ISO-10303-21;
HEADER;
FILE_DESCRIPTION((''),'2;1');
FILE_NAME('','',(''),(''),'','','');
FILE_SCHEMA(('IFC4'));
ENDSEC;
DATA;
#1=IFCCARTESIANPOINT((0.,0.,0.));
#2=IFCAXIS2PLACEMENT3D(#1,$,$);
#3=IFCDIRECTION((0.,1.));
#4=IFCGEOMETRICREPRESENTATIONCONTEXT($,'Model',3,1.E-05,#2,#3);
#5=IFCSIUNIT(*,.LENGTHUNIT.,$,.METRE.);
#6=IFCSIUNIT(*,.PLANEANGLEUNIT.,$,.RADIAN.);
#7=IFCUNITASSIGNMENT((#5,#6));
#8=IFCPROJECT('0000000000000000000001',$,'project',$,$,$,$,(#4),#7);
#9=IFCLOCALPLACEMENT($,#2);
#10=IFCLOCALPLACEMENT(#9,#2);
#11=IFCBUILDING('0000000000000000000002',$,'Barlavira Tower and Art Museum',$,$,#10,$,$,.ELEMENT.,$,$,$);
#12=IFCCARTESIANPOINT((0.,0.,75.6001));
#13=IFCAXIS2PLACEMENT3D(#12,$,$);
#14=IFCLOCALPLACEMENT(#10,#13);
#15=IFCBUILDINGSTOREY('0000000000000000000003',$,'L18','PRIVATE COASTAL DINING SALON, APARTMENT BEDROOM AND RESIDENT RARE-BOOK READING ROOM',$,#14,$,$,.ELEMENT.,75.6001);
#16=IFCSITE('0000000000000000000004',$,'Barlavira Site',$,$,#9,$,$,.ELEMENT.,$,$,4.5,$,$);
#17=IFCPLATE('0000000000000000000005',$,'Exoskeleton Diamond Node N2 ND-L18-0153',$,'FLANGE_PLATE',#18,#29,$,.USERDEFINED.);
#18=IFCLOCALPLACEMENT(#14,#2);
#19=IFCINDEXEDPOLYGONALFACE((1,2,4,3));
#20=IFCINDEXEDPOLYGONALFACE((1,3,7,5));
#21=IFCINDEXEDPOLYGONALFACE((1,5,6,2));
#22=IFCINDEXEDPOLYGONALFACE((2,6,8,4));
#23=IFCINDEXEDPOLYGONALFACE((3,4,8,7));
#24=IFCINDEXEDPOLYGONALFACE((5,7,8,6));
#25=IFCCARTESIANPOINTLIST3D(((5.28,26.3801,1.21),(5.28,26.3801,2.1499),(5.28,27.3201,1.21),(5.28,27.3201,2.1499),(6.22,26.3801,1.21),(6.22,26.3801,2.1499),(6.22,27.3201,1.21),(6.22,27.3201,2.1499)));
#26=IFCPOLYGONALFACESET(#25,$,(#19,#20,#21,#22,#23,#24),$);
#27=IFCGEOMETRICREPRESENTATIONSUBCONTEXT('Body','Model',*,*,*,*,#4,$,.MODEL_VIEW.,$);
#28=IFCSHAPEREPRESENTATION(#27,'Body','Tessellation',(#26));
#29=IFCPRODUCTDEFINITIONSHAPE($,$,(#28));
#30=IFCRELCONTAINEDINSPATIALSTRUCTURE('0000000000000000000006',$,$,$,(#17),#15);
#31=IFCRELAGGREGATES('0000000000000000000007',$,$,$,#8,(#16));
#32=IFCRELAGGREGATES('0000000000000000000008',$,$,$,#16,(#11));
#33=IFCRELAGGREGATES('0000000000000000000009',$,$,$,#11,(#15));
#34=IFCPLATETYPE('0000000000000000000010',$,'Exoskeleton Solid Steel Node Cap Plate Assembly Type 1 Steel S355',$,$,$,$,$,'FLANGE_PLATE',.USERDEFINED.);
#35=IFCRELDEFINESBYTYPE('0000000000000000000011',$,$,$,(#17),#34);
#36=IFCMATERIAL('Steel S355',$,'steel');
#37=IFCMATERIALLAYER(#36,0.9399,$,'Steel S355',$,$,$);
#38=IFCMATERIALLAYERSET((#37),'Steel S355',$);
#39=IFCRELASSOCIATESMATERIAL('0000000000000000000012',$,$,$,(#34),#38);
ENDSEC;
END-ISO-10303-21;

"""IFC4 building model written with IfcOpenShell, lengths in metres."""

from ifc_helpers import new_model, si_unit, direction, frame, origin, origin_2d, place, context, subcontext, project, spatial, rectangle, extrude, material, layer, layer_set, type_object, element, save


model = new_model("IFC4")

# Units and contexts
model_context = context("Model", 3, precision=1e-05, world=origin(), true_north=direction((0.0, 1.0)))
body_context = subcontext(model_context, "Body", "Model", "MODEL_VIEW")
ifc_project = project(units=[si_unit("LENGTHUNIT", "METRE"), si_unit("PLANEANGLEUNIT", "RADIAN")], contexts=[model_context])

# Site, building, storey
site_placement = place(None, origin())
site = spatial("IfcSite", under=ifc_project, at=site_placement, Name="Barlavira Site", CompositionType="ELEMENT", RefElevation=4.5)
building_placement = place(site_placement, origin())
building = spatial("IfcBuilding", under=site, at=building_placement, Name="Barlavira Tower and Art Museum", CompositionType="ELEMENT")
storey_placement = place(building_placement, frame((0.0, 0.0, 75.6001)))
storey = spatial("IfcBuildingStorey", under=building, at=storey_placement, Name="L18", Description="PRIVATE COASTAL DINING SALON, APARTMENT BEDROOM AND RESIDENT RARE-BOOK READING ROOM", CompositionType="ELEMENT", Elevation=75.6001)

# Shared definitions
ifc_material_1 = material(Name="Steel S355", Category="steel")

# Plate
ifc_layer_1 = layer(ifc_material_1, 0.9399, Name="Steel S355")
ifc_layer_set_1 = layer_set([ifc_layer_1], Name="Steel S355")
plate_type_1 = type_object("IfcPlateType", Name="Exoskeleton Solid Steel Node Cap Plate Assembly Type 1 Steel S355", ElementType="FLANGE_PLATE", PredefinedType="USERDEFINED", material=ifc_layer_set_1)
plate_1_placement = place(storey_placement, frame((5.75, 26.8501, 1.21), z_axis=(0.0, 0.0, 1.0), x_axis=(1.0, 0.0, 0.0)))
element("IfcPlate", 1, at=plate_1_placement, inside=storey, type_object=plate_type_1, Name="Exoskeleton Diamond Node N2 ND-L18-0153", ObjectType="FLANGE_PLATE", PredefinedType="USERDEFINED", context=body_context, shape_type="SweptSolid", body=[
    extrude(rectangle(XDim=0.9399, YDim=0.9399, at=origin_2d()), origin(), (0.0, 0.0, 1.0), 0.9399),
])

save(model, "model.ifc")
